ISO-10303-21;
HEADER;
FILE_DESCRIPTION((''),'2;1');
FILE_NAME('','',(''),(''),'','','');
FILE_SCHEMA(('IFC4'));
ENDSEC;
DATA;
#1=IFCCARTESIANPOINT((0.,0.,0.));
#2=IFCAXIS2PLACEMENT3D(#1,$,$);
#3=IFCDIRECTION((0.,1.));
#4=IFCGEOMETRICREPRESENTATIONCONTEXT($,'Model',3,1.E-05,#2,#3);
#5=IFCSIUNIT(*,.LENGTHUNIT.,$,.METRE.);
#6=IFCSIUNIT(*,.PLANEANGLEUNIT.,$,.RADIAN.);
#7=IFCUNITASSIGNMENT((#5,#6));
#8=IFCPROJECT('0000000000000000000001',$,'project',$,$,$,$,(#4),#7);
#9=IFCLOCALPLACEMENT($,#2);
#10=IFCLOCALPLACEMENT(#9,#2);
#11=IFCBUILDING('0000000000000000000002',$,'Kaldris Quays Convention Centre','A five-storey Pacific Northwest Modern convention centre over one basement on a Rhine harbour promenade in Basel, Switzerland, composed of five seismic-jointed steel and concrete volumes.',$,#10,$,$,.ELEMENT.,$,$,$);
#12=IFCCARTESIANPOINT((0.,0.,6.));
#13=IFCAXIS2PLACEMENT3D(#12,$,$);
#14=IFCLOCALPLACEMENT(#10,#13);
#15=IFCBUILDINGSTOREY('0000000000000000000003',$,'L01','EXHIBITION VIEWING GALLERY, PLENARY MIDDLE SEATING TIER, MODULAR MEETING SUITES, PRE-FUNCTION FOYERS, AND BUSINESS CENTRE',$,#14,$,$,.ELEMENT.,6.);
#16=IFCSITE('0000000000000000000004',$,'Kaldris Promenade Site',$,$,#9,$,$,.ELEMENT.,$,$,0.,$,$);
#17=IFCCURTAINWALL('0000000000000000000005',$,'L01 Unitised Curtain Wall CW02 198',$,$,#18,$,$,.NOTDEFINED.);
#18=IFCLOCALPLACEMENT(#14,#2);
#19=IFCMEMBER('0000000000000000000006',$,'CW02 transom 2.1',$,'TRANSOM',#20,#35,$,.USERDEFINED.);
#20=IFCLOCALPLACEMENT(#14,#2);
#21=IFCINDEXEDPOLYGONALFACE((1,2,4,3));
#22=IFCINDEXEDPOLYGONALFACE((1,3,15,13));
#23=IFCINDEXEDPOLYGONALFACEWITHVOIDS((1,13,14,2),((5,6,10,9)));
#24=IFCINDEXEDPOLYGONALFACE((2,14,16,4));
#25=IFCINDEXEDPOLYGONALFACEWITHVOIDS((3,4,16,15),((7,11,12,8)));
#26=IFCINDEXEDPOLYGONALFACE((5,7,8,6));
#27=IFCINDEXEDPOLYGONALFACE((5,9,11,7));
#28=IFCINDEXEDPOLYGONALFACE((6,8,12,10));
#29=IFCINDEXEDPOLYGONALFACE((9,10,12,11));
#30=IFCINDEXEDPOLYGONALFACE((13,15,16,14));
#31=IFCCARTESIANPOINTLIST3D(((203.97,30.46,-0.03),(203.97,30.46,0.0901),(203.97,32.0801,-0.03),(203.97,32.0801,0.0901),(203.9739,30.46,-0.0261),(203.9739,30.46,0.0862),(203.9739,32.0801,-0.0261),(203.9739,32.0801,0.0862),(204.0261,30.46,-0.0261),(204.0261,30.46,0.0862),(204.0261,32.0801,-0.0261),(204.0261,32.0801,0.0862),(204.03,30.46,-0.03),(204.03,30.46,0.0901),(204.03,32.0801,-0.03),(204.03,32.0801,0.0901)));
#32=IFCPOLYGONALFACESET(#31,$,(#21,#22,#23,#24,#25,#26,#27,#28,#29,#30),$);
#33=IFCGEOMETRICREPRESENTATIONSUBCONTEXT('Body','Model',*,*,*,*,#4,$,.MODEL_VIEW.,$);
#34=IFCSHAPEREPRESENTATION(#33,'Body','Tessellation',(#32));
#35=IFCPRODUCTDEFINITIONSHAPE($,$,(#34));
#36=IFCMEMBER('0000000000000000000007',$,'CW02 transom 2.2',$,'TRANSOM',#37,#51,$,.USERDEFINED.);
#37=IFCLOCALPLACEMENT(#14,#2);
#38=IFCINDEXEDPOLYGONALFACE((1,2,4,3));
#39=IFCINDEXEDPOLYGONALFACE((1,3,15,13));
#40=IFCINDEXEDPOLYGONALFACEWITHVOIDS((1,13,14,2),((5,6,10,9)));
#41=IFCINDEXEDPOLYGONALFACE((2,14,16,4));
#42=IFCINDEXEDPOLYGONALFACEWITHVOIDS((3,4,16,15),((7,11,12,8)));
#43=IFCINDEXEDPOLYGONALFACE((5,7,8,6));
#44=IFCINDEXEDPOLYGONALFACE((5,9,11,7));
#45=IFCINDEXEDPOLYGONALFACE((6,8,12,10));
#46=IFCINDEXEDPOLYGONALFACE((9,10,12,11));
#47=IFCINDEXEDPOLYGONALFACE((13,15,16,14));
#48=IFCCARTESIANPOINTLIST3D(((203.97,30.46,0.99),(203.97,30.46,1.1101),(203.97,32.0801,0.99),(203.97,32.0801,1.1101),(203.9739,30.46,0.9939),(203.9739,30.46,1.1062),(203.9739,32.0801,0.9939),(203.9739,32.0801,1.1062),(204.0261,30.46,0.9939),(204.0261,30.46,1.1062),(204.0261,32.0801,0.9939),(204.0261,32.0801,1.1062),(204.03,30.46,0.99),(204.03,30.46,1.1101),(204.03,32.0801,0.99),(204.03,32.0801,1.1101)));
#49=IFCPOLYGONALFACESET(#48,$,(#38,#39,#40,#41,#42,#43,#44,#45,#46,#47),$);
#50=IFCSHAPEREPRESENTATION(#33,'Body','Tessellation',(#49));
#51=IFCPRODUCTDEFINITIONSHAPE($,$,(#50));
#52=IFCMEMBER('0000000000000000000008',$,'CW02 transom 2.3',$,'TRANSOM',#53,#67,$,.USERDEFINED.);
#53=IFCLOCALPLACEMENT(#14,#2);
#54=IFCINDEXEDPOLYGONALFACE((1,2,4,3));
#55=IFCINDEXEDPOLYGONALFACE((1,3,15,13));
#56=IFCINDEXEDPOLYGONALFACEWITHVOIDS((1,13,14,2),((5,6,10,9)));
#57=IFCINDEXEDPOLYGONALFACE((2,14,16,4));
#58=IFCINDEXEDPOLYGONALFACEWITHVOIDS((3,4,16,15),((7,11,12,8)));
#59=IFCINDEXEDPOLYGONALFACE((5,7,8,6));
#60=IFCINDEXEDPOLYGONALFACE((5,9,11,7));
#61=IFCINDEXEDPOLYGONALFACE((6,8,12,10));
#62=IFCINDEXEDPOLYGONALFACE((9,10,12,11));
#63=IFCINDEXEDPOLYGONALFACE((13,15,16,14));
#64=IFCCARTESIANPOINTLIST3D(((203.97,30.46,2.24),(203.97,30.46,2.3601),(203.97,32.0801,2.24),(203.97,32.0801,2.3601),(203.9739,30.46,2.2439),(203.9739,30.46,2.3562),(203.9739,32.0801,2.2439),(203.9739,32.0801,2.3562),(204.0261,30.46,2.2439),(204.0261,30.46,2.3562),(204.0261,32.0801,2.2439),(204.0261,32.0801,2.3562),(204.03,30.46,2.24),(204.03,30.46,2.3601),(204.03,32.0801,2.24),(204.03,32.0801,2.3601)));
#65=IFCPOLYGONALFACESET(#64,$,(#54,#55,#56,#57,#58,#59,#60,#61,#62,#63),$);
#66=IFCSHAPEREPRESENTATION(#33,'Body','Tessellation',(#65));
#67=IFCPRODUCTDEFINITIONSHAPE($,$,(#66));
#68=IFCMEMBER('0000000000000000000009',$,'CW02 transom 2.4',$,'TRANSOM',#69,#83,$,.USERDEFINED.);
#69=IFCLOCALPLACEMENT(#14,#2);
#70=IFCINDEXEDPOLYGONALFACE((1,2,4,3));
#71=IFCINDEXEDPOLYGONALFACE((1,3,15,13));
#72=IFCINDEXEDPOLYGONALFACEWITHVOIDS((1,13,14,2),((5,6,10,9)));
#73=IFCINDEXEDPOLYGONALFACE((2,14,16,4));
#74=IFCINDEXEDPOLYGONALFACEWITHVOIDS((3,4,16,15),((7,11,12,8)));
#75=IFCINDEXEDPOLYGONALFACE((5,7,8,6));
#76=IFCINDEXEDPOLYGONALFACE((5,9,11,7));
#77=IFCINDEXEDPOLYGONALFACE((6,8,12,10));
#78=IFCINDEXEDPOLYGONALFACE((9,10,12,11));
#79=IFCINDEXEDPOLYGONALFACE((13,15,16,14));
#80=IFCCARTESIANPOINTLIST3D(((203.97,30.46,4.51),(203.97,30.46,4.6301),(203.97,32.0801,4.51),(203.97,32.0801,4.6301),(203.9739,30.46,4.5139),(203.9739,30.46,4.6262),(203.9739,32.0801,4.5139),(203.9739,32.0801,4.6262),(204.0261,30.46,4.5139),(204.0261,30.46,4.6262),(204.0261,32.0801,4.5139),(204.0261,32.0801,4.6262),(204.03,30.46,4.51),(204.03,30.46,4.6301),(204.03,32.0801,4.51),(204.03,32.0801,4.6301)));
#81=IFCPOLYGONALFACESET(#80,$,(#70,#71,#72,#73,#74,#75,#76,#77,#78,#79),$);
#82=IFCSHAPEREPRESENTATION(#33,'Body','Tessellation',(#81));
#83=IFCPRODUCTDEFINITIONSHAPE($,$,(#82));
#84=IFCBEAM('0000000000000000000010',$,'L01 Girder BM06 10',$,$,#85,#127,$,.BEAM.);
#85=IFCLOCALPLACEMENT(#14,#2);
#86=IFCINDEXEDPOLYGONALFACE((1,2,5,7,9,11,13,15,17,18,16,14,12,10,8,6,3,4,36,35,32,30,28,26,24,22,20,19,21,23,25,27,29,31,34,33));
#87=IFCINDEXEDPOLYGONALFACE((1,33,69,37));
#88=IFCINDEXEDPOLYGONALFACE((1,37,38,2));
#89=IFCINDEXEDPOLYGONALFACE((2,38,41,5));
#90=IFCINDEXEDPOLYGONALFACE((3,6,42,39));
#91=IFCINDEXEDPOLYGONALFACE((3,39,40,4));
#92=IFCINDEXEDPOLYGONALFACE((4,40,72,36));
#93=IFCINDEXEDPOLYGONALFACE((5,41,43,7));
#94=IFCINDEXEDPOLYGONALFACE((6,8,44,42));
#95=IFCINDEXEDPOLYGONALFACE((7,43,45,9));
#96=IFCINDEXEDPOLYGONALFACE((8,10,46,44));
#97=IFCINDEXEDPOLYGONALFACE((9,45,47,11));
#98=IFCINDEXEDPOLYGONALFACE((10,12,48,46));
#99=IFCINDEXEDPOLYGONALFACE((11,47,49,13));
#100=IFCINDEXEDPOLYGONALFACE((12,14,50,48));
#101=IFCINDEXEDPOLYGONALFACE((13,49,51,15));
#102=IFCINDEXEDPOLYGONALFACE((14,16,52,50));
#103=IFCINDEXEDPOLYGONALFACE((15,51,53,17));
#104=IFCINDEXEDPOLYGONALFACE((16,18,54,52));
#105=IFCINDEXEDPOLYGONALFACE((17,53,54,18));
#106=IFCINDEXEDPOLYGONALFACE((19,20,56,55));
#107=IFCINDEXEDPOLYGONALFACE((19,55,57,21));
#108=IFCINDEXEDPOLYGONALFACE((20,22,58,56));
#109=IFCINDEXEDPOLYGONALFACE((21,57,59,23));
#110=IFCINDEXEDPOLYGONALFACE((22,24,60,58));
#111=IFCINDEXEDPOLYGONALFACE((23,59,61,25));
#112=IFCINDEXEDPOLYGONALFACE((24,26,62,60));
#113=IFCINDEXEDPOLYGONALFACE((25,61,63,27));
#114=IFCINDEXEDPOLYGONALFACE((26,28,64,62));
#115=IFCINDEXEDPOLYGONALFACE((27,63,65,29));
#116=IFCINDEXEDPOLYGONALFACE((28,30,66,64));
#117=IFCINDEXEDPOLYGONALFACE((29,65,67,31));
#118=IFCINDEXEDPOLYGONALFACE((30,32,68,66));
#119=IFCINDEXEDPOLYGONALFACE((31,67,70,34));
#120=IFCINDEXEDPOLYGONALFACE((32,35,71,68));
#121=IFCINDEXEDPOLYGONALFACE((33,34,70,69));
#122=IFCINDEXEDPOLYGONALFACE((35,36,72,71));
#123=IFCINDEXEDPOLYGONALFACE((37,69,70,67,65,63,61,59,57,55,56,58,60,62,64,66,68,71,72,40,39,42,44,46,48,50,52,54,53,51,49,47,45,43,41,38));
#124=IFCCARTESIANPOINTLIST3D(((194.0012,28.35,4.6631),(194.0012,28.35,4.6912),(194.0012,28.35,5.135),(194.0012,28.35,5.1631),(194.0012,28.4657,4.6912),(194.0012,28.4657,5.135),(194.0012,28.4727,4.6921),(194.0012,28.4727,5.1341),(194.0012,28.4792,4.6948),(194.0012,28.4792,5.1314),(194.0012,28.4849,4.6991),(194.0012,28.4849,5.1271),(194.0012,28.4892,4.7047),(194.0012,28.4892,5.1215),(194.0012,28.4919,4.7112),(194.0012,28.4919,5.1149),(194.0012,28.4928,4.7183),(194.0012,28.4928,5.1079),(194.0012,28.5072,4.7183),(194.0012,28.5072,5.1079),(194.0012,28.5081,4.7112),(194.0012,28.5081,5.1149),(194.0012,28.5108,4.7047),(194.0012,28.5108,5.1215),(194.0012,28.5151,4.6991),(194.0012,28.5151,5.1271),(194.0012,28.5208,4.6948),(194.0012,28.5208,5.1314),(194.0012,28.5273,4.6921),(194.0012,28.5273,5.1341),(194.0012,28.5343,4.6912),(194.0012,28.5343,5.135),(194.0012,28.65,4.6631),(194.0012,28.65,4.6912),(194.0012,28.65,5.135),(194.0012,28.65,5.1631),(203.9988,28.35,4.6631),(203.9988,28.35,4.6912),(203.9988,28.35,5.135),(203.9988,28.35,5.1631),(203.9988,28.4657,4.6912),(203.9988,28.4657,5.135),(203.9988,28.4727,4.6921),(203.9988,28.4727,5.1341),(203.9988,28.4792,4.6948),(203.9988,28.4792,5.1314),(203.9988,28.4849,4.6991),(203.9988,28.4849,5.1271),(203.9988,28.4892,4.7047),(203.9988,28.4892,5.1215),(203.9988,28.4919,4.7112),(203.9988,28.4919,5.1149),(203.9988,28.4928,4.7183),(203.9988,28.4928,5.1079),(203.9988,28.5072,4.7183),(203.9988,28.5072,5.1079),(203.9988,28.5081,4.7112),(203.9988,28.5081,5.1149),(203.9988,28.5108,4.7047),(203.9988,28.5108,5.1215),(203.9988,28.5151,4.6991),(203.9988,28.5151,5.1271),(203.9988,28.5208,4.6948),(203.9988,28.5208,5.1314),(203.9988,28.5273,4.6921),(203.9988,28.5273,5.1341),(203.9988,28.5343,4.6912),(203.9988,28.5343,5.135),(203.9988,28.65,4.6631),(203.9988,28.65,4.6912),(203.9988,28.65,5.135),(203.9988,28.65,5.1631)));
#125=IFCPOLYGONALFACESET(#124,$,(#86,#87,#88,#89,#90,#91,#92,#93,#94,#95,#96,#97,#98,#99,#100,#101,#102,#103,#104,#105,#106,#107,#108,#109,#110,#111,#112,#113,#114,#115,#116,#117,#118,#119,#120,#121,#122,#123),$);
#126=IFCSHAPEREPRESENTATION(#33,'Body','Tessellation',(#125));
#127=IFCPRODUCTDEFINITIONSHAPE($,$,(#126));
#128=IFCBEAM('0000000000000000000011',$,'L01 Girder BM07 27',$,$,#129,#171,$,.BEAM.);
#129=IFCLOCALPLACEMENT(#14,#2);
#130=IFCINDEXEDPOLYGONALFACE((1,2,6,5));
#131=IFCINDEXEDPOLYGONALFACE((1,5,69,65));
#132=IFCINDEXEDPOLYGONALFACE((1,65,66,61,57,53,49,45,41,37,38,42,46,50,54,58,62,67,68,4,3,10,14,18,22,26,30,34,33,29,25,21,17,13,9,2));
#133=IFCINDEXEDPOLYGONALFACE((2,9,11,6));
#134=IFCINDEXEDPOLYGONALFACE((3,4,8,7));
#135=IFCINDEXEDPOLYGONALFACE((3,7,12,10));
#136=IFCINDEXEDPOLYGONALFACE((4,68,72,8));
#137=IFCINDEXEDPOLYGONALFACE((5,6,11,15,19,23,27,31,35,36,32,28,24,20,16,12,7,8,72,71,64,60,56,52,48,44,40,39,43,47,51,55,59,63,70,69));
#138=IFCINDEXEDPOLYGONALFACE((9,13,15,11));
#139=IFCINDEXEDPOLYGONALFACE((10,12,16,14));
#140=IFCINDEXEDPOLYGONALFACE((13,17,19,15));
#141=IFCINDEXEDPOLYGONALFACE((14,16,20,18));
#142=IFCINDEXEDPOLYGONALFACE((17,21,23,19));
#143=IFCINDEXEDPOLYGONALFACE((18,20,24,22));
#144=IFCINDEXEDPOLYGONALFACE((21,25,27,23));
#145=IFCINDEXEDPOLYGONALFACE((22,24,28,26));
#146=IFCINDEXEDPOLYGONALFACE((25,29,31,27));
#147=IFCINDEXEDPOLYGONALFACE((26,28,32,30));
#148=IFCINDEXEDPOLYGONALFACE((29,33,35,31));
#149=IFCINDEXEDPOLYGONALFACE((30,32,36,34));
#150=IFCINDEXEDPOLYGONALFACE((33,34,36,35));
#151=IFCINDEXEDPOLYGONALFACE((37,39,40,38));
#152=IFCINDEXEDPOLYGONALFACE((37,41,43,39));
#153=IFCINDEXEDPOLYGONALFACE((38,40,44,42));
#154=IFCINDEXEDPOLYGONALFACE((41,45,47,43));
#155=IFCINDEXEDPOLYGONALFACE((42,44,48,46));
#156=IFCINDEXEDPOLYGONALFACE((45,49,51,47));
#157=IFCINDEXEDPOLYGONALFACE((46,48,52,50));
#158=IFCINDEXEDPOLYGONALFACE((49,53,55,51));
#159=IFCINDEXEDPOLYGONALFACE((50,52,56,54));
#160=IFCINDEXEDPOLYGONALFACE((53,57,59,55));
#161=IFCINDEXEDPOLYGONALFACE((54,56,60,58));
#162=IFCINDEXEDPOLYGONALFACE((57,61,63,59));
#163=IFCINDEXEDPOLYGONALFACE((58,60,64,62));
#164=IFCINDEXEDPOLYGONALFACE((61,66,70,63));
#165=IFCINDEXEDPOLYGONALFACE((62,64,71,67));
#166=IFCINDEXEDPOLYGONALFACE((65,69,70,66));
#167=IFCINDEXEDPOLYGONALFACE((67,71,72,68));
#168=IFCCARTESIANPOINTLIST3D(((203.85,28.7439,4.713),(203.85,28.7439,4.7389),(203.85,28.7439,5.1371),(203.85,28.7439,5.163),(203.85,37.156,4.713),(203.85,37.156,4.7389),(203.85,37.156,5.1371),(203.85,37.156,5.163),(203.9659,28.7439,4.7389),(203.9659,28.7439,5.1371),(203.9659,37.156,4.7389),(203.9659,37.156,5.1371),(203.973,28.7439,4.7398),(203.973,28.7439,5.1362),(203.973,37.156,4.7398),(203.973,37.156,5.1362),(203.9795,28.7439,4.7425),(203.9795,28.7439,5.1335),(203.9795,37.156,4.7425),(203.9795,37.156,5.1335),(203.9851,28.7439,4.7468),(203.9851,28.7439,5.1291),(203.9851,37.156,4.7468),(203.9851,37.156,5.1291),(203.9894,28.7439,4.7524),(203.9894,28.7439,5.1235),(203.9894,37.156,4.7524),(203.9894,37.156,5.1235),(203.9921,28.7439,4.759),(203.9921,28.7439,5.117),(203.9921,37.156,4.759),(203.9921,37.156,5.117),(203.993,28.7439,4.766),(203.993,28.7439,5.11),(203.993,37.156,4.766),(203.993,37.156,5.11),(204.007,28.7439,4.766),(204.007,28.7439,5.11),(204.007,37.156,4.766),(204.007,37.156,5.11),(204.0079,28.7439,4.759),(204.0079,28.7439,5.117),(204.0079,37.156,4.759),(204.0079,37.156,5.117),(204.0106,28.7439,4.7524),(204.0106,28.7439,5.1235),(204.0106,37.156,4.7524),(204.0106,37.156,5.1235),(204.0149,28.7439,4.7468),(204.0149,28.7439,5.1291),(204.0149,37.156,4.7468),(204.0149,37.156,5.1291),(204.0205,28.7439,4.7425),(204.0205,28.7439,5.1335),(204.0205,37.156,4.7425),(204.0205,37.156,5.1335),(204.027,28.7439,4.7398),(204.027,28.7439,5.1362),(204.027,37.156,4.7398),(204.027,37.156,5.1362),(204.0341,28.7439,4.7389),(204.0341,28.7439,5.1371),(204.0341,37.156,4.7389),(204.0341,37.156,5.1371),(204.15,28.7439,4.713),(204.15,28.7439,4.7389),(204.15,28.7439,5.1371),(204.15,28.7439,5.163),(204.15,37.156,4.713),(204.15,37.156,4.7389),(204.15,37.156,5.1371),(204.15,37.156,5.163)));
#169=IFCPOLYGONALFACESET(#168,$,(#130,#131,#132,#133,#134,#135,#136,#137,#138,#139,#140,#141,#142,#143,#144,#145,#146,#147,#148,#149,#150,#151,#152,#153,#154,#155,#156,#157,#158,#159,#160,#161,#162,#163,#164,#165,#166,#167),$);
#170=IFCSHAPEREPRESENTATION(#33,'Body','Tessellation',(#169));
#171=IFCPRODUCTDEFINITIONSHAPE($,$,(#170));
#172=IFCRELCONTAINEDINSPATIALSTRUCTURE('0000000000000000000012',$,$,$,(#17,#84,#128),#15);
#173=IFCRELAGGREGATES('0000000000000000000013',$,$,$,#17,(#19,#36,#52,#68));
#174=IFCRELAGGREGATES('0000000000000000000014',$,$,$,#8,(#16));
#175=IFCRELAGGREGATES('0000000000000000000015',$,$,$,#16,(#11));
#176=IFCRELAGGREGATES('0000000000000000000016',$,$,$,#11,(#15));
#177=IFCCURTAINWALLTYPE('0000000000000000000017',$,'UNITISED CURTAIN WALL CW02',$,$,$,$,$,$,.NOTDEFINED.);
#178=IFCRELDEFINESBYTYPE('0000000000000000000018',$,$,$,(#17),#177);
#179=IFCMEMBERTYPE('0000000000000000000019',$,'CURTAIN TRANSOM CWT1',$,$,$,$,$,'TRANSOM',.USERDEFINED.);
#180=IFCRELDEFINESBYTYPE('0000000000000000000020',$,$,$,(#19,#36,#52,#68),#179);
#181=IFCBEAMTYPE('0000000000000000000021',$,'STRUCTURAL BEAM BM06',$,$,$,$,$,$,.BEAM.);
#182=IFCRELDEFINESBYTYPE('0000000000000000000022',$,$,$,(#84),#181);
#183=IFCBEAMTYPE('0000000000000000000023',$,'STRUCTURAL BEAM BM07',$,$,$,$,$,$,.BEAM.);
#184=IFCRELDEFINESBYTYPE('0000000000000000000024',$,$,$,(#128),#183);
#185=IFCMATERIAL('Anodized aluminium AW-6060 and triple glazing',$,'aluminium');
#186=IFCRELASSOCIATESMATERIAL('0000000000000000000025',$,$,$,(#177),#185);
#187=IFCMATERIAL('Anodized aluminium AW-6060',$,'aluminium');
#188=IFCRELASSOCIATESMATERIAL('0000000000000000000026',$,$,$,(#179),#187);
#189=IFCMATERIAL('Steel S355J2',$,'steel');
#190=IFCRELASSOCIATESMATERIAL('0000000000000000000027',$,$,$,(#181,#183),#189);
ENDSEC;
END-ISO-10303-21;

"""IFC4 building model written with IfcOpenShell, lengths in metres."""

from ifc_helpers import new_model, si_unit, direction, frame, origin, origin_2d, place, context, subcontext, project, spatial, hollow_rectangle, i_section, extrude, material, material_profile, profile_set, type_object, element, aggregate, save


model = new_model("IFC4")

# Units and contexts
model_context = context("Model", 3, precision=1e-05, world=origin(), true_north=direction((0.0, 1.0)))
body_context = subcontext(model_context, "Body", "Model", "MODEL_VIEW")
ifc_project = project(units=[si_unit("LENGTHUNIT", "METRE"), si_unit("PLANEANGLEUNIT", "RADIAN")], contexts=[model_context])

# Site, building, storey
site_placement = place(None, origin())
site = spatial("IfcSite", under=ifc_project, at=site_placement, Name="Kaldris Promenade Site", CompositionType="ELEMENT", RefElevation=0.0)
building_placement = place(site_placement, origin())
building = spatial("IfcBuilding", under=site, at=building_placement, Name="Kaldris Quays Convention Centre", Description="A five-storey Pacific Northwest Modern convention centre over one basement on a Rhine harbour promenade in Basel, Switzerland, composed of five seismic-jointed steel and concrete volumes.", CompositionType="ELEMENT")
storey_placement = place(building_placement, frame((0.0, 0.0, 6.0)))
storey = spatial("IfcBuildingStorey", under=building, at=storey_placement, Name="L01", Description="EXHIBITION VIEWING GALLERY, PLENARY MIDDLE SEATING TIER, MODULAR MEETING SUITES, PRE-FUNCTION FOYERS, AND BUSINESS CENTRE", CompositionType="ELEMENT", Elevation=6.0)

# Shared definitions
ifc_material_1 = material(Name="Steel S355J2", Category="steel")

# Shared definitions
ifc_material_2 = material(Name="Anodized aluminium AW-6060 and triple glazing", Category="aluminium")
curtain_wall_type = type_object("IfcCurtainWallType", Name="UNITISED CURTAIN WALL CW02", PredefinedType="NOTDEFINED", material=ifc_material_2)
ifc_material_3 = material(Name="Anodized aluminium AW-6060", Category="aluminium")

# Curtain wall
curtain_wall_1_placement = place(storey_placement, origin())
curtain_wall_1 = element("IfcCurtainWall", 1, at=curtain_wall_1_placement, inside=storey, type_object=curtain_wall_type, Name="L01 Unitised Curtain Wall CW02 198", PredefinedType="NOTDEFINED")

# Members
ifc_material_profile_1 = material_profile(ifc_material_3, hollow_rectangle(XDim=0.0601, YDim=0.1201, WallThickness=0.0039, at=origin_2d()), Name="RHS 120x60x4")
ifc_profile_set_1 = profile_set([ifc_material_profile_1], Name="Anodized aluminium AW-6060")
member_type_1 = type_object("IfcMemberType", Name="CURTAIN TRANSOM CWT1", ElementType="TRANSOM", PredefinedType="USERDEFINED", material=ifc_profile_set_1)
member_1_placement = place(storey_placement, frame((204.0, 30.46, 0.03), z_axis=(0.0, 1.0, 0.0), x_axis=(-1.0, 0.0, 0.0)))
member_1 = element("IfcMember", 2, at=member_1_placement, type_object=member_type_1, Name="CW02 transom 2.1", ObjectType="TRANSOM", PredefinedType="USERDEFINED", context=body_context, shape_type="SweptSolid", body=[
    extrude(hollow_rectangle(XDim=0.0601, YDim=0.1201, WallThickness=0.0039, at=origin_2d()), origin(), (0.0, 0.0, 1.0), 1.6201),
])
member_2_placement = place(storey_placement, frame((204.0, 30.46, 1.05), z_axis=(0.0, 1.0, 0.0), x_axis=(-1.0, 0.0, 0.0)))
member_2 = element("IfcMember", 3, at=member_2_placement, type_object=member_type_1, Name="CW02 transom 2.2", ObjectType="TRANSOM", PredefinedType="USERDEFINED", context=body_context, shape_type="SweptSolid", body=[
    extrude(hollow_rectangle(XDim=0.0601, YDim=0.1201, WallThickness=0.0039, at=origin_2d()), origin(), (0.0, 0.0, 1.0), 1.6201),
])
member_3_placement = place(storey_placement, frame((204.0, 30.46, 2.3), z_axis=(0.0, 1.0, 0.0), x_axis=(-1.0, 0.0, 0.0)))
member_3 = element("IfcMember", 4, at=member_3_placement, type_object=member_type_1, Name="CW02 transom 2.3", ObjectType="TRANSOM", PredefinedType="USERDEFINED", context=body_context, shape_type="SweptSolid", body=[
    extrude(hollow_rectangle(XDim=0.0601, YDim=0.1201, WallThickness=0.0039, at=origin_2d()), origin(), (0.0, 0.0, 1.0), 1.6201),
])
member_4_placement = place(storey_placement, frame((204.0, 30.46, 4.5701), z_axis=(0.0, 1.0, 0.0), x_axis=(-1.0, 0.0, 0.0)))
member_4 = element("IfcMember", 5, at=member_4_placement, type_object=member_type_1, Name="CW02 transom 2.4", ObjectType="TRANSOM", PredefinedType="USERDEFINED", context=body_context, shape_type="SweptSolid", body=[
    extrude(hollow_rectangle(XDim=0.0601, YDim=0.1201, WallThickness=0.0039, at=origin_2d()), origin(), (0.0, 0.0, 1.0), 1.6201),
])

# Beams
ifc_material_profile_2 = material_profile(ifc_material_1, i_section(OverallWidth=0.3, OverallDepth=0.5, WebThickness=0.0144, FlangeThickness=0.0281, FilletRadius=0.0271, at=origin_2d()), Name="HEB 500")
ifc_profile_set_2 = profile_set([ifc_material_profile_2], Name="Steel S355J2")
beam_type_1 = type_object("IfcBeamType", Name="STRUCTURAL BEAM BM06", PredefinedType="BEAM", material=ifc_profile_set_2)
beam_1_placement = place(storey_placement, frame((194.0012, 28.5, 4.9131), z_axis=(1.0, 0.0, 0.0), x_axis=(0.0, 1.0, 0.0)))
element("IfcBeam", 6, at=beam_1_placement, inside=storey, type_object=beam_type_1, Name="L01 Girder BM06 10", PredefinedType="BEAM", context=body_context, shape_type="SweptSolid", body=[
    extrude(i_section(OverallWidth=0.3, OverallDepth=0.5, WebThickness=0.0144, FlangeThickness=0.0281, FilletRadius=0.0271, at=origin_2d()), origin(), (0.0, 0.0, 1.0), 9.9976),
])
ifc_material_profile_3 = material_profile(ifc_material_1, i_section(OverallWidth=0.3, OverallDepth=0.45, WebThickness=0.0139, FlangeThickness=0.0259, FilletRadius=0.0271, at=origin_2d()), Name="HEB 450")
ifc_profile_set_3 = profile_set([ifc_material_profile_3], Name="Steel S355J2")
beam_type_2 = type_object("IfcBeamType", Name="STRUCTURAL BEAM BM07", PredefinedType="BEAM", material=ifc_profile_set_3)
beam_2_placement = place(storey_placement, frame((204.0, 28.7439, 4.938), z_axis=(0.0, 1.0, 0.0), x_axis=(-1.0, 0.0, 0.0)))
element("IfcBeam", 7, at=beam_2_placement, inside=storey, type_object=beam_type_2, Name="L01 Girder BM07 27", PredefinedType="BEAM", context=body_context, shape_type="SweptSolid", body=[
    extrude(i_section(OverallWidth=0.3, OverallDepth=0.45, WebThickness=0.0139, FlangeThickness=0.0259, FilletRadius=0.0271, at=origin_2d()), origin(), (0.0, 0.0, 1.0), 8.4121),
])

aggregate(curtain_wall_1, [member_1, member_2, member_3, member_4])

save(model, "model.ifc")
